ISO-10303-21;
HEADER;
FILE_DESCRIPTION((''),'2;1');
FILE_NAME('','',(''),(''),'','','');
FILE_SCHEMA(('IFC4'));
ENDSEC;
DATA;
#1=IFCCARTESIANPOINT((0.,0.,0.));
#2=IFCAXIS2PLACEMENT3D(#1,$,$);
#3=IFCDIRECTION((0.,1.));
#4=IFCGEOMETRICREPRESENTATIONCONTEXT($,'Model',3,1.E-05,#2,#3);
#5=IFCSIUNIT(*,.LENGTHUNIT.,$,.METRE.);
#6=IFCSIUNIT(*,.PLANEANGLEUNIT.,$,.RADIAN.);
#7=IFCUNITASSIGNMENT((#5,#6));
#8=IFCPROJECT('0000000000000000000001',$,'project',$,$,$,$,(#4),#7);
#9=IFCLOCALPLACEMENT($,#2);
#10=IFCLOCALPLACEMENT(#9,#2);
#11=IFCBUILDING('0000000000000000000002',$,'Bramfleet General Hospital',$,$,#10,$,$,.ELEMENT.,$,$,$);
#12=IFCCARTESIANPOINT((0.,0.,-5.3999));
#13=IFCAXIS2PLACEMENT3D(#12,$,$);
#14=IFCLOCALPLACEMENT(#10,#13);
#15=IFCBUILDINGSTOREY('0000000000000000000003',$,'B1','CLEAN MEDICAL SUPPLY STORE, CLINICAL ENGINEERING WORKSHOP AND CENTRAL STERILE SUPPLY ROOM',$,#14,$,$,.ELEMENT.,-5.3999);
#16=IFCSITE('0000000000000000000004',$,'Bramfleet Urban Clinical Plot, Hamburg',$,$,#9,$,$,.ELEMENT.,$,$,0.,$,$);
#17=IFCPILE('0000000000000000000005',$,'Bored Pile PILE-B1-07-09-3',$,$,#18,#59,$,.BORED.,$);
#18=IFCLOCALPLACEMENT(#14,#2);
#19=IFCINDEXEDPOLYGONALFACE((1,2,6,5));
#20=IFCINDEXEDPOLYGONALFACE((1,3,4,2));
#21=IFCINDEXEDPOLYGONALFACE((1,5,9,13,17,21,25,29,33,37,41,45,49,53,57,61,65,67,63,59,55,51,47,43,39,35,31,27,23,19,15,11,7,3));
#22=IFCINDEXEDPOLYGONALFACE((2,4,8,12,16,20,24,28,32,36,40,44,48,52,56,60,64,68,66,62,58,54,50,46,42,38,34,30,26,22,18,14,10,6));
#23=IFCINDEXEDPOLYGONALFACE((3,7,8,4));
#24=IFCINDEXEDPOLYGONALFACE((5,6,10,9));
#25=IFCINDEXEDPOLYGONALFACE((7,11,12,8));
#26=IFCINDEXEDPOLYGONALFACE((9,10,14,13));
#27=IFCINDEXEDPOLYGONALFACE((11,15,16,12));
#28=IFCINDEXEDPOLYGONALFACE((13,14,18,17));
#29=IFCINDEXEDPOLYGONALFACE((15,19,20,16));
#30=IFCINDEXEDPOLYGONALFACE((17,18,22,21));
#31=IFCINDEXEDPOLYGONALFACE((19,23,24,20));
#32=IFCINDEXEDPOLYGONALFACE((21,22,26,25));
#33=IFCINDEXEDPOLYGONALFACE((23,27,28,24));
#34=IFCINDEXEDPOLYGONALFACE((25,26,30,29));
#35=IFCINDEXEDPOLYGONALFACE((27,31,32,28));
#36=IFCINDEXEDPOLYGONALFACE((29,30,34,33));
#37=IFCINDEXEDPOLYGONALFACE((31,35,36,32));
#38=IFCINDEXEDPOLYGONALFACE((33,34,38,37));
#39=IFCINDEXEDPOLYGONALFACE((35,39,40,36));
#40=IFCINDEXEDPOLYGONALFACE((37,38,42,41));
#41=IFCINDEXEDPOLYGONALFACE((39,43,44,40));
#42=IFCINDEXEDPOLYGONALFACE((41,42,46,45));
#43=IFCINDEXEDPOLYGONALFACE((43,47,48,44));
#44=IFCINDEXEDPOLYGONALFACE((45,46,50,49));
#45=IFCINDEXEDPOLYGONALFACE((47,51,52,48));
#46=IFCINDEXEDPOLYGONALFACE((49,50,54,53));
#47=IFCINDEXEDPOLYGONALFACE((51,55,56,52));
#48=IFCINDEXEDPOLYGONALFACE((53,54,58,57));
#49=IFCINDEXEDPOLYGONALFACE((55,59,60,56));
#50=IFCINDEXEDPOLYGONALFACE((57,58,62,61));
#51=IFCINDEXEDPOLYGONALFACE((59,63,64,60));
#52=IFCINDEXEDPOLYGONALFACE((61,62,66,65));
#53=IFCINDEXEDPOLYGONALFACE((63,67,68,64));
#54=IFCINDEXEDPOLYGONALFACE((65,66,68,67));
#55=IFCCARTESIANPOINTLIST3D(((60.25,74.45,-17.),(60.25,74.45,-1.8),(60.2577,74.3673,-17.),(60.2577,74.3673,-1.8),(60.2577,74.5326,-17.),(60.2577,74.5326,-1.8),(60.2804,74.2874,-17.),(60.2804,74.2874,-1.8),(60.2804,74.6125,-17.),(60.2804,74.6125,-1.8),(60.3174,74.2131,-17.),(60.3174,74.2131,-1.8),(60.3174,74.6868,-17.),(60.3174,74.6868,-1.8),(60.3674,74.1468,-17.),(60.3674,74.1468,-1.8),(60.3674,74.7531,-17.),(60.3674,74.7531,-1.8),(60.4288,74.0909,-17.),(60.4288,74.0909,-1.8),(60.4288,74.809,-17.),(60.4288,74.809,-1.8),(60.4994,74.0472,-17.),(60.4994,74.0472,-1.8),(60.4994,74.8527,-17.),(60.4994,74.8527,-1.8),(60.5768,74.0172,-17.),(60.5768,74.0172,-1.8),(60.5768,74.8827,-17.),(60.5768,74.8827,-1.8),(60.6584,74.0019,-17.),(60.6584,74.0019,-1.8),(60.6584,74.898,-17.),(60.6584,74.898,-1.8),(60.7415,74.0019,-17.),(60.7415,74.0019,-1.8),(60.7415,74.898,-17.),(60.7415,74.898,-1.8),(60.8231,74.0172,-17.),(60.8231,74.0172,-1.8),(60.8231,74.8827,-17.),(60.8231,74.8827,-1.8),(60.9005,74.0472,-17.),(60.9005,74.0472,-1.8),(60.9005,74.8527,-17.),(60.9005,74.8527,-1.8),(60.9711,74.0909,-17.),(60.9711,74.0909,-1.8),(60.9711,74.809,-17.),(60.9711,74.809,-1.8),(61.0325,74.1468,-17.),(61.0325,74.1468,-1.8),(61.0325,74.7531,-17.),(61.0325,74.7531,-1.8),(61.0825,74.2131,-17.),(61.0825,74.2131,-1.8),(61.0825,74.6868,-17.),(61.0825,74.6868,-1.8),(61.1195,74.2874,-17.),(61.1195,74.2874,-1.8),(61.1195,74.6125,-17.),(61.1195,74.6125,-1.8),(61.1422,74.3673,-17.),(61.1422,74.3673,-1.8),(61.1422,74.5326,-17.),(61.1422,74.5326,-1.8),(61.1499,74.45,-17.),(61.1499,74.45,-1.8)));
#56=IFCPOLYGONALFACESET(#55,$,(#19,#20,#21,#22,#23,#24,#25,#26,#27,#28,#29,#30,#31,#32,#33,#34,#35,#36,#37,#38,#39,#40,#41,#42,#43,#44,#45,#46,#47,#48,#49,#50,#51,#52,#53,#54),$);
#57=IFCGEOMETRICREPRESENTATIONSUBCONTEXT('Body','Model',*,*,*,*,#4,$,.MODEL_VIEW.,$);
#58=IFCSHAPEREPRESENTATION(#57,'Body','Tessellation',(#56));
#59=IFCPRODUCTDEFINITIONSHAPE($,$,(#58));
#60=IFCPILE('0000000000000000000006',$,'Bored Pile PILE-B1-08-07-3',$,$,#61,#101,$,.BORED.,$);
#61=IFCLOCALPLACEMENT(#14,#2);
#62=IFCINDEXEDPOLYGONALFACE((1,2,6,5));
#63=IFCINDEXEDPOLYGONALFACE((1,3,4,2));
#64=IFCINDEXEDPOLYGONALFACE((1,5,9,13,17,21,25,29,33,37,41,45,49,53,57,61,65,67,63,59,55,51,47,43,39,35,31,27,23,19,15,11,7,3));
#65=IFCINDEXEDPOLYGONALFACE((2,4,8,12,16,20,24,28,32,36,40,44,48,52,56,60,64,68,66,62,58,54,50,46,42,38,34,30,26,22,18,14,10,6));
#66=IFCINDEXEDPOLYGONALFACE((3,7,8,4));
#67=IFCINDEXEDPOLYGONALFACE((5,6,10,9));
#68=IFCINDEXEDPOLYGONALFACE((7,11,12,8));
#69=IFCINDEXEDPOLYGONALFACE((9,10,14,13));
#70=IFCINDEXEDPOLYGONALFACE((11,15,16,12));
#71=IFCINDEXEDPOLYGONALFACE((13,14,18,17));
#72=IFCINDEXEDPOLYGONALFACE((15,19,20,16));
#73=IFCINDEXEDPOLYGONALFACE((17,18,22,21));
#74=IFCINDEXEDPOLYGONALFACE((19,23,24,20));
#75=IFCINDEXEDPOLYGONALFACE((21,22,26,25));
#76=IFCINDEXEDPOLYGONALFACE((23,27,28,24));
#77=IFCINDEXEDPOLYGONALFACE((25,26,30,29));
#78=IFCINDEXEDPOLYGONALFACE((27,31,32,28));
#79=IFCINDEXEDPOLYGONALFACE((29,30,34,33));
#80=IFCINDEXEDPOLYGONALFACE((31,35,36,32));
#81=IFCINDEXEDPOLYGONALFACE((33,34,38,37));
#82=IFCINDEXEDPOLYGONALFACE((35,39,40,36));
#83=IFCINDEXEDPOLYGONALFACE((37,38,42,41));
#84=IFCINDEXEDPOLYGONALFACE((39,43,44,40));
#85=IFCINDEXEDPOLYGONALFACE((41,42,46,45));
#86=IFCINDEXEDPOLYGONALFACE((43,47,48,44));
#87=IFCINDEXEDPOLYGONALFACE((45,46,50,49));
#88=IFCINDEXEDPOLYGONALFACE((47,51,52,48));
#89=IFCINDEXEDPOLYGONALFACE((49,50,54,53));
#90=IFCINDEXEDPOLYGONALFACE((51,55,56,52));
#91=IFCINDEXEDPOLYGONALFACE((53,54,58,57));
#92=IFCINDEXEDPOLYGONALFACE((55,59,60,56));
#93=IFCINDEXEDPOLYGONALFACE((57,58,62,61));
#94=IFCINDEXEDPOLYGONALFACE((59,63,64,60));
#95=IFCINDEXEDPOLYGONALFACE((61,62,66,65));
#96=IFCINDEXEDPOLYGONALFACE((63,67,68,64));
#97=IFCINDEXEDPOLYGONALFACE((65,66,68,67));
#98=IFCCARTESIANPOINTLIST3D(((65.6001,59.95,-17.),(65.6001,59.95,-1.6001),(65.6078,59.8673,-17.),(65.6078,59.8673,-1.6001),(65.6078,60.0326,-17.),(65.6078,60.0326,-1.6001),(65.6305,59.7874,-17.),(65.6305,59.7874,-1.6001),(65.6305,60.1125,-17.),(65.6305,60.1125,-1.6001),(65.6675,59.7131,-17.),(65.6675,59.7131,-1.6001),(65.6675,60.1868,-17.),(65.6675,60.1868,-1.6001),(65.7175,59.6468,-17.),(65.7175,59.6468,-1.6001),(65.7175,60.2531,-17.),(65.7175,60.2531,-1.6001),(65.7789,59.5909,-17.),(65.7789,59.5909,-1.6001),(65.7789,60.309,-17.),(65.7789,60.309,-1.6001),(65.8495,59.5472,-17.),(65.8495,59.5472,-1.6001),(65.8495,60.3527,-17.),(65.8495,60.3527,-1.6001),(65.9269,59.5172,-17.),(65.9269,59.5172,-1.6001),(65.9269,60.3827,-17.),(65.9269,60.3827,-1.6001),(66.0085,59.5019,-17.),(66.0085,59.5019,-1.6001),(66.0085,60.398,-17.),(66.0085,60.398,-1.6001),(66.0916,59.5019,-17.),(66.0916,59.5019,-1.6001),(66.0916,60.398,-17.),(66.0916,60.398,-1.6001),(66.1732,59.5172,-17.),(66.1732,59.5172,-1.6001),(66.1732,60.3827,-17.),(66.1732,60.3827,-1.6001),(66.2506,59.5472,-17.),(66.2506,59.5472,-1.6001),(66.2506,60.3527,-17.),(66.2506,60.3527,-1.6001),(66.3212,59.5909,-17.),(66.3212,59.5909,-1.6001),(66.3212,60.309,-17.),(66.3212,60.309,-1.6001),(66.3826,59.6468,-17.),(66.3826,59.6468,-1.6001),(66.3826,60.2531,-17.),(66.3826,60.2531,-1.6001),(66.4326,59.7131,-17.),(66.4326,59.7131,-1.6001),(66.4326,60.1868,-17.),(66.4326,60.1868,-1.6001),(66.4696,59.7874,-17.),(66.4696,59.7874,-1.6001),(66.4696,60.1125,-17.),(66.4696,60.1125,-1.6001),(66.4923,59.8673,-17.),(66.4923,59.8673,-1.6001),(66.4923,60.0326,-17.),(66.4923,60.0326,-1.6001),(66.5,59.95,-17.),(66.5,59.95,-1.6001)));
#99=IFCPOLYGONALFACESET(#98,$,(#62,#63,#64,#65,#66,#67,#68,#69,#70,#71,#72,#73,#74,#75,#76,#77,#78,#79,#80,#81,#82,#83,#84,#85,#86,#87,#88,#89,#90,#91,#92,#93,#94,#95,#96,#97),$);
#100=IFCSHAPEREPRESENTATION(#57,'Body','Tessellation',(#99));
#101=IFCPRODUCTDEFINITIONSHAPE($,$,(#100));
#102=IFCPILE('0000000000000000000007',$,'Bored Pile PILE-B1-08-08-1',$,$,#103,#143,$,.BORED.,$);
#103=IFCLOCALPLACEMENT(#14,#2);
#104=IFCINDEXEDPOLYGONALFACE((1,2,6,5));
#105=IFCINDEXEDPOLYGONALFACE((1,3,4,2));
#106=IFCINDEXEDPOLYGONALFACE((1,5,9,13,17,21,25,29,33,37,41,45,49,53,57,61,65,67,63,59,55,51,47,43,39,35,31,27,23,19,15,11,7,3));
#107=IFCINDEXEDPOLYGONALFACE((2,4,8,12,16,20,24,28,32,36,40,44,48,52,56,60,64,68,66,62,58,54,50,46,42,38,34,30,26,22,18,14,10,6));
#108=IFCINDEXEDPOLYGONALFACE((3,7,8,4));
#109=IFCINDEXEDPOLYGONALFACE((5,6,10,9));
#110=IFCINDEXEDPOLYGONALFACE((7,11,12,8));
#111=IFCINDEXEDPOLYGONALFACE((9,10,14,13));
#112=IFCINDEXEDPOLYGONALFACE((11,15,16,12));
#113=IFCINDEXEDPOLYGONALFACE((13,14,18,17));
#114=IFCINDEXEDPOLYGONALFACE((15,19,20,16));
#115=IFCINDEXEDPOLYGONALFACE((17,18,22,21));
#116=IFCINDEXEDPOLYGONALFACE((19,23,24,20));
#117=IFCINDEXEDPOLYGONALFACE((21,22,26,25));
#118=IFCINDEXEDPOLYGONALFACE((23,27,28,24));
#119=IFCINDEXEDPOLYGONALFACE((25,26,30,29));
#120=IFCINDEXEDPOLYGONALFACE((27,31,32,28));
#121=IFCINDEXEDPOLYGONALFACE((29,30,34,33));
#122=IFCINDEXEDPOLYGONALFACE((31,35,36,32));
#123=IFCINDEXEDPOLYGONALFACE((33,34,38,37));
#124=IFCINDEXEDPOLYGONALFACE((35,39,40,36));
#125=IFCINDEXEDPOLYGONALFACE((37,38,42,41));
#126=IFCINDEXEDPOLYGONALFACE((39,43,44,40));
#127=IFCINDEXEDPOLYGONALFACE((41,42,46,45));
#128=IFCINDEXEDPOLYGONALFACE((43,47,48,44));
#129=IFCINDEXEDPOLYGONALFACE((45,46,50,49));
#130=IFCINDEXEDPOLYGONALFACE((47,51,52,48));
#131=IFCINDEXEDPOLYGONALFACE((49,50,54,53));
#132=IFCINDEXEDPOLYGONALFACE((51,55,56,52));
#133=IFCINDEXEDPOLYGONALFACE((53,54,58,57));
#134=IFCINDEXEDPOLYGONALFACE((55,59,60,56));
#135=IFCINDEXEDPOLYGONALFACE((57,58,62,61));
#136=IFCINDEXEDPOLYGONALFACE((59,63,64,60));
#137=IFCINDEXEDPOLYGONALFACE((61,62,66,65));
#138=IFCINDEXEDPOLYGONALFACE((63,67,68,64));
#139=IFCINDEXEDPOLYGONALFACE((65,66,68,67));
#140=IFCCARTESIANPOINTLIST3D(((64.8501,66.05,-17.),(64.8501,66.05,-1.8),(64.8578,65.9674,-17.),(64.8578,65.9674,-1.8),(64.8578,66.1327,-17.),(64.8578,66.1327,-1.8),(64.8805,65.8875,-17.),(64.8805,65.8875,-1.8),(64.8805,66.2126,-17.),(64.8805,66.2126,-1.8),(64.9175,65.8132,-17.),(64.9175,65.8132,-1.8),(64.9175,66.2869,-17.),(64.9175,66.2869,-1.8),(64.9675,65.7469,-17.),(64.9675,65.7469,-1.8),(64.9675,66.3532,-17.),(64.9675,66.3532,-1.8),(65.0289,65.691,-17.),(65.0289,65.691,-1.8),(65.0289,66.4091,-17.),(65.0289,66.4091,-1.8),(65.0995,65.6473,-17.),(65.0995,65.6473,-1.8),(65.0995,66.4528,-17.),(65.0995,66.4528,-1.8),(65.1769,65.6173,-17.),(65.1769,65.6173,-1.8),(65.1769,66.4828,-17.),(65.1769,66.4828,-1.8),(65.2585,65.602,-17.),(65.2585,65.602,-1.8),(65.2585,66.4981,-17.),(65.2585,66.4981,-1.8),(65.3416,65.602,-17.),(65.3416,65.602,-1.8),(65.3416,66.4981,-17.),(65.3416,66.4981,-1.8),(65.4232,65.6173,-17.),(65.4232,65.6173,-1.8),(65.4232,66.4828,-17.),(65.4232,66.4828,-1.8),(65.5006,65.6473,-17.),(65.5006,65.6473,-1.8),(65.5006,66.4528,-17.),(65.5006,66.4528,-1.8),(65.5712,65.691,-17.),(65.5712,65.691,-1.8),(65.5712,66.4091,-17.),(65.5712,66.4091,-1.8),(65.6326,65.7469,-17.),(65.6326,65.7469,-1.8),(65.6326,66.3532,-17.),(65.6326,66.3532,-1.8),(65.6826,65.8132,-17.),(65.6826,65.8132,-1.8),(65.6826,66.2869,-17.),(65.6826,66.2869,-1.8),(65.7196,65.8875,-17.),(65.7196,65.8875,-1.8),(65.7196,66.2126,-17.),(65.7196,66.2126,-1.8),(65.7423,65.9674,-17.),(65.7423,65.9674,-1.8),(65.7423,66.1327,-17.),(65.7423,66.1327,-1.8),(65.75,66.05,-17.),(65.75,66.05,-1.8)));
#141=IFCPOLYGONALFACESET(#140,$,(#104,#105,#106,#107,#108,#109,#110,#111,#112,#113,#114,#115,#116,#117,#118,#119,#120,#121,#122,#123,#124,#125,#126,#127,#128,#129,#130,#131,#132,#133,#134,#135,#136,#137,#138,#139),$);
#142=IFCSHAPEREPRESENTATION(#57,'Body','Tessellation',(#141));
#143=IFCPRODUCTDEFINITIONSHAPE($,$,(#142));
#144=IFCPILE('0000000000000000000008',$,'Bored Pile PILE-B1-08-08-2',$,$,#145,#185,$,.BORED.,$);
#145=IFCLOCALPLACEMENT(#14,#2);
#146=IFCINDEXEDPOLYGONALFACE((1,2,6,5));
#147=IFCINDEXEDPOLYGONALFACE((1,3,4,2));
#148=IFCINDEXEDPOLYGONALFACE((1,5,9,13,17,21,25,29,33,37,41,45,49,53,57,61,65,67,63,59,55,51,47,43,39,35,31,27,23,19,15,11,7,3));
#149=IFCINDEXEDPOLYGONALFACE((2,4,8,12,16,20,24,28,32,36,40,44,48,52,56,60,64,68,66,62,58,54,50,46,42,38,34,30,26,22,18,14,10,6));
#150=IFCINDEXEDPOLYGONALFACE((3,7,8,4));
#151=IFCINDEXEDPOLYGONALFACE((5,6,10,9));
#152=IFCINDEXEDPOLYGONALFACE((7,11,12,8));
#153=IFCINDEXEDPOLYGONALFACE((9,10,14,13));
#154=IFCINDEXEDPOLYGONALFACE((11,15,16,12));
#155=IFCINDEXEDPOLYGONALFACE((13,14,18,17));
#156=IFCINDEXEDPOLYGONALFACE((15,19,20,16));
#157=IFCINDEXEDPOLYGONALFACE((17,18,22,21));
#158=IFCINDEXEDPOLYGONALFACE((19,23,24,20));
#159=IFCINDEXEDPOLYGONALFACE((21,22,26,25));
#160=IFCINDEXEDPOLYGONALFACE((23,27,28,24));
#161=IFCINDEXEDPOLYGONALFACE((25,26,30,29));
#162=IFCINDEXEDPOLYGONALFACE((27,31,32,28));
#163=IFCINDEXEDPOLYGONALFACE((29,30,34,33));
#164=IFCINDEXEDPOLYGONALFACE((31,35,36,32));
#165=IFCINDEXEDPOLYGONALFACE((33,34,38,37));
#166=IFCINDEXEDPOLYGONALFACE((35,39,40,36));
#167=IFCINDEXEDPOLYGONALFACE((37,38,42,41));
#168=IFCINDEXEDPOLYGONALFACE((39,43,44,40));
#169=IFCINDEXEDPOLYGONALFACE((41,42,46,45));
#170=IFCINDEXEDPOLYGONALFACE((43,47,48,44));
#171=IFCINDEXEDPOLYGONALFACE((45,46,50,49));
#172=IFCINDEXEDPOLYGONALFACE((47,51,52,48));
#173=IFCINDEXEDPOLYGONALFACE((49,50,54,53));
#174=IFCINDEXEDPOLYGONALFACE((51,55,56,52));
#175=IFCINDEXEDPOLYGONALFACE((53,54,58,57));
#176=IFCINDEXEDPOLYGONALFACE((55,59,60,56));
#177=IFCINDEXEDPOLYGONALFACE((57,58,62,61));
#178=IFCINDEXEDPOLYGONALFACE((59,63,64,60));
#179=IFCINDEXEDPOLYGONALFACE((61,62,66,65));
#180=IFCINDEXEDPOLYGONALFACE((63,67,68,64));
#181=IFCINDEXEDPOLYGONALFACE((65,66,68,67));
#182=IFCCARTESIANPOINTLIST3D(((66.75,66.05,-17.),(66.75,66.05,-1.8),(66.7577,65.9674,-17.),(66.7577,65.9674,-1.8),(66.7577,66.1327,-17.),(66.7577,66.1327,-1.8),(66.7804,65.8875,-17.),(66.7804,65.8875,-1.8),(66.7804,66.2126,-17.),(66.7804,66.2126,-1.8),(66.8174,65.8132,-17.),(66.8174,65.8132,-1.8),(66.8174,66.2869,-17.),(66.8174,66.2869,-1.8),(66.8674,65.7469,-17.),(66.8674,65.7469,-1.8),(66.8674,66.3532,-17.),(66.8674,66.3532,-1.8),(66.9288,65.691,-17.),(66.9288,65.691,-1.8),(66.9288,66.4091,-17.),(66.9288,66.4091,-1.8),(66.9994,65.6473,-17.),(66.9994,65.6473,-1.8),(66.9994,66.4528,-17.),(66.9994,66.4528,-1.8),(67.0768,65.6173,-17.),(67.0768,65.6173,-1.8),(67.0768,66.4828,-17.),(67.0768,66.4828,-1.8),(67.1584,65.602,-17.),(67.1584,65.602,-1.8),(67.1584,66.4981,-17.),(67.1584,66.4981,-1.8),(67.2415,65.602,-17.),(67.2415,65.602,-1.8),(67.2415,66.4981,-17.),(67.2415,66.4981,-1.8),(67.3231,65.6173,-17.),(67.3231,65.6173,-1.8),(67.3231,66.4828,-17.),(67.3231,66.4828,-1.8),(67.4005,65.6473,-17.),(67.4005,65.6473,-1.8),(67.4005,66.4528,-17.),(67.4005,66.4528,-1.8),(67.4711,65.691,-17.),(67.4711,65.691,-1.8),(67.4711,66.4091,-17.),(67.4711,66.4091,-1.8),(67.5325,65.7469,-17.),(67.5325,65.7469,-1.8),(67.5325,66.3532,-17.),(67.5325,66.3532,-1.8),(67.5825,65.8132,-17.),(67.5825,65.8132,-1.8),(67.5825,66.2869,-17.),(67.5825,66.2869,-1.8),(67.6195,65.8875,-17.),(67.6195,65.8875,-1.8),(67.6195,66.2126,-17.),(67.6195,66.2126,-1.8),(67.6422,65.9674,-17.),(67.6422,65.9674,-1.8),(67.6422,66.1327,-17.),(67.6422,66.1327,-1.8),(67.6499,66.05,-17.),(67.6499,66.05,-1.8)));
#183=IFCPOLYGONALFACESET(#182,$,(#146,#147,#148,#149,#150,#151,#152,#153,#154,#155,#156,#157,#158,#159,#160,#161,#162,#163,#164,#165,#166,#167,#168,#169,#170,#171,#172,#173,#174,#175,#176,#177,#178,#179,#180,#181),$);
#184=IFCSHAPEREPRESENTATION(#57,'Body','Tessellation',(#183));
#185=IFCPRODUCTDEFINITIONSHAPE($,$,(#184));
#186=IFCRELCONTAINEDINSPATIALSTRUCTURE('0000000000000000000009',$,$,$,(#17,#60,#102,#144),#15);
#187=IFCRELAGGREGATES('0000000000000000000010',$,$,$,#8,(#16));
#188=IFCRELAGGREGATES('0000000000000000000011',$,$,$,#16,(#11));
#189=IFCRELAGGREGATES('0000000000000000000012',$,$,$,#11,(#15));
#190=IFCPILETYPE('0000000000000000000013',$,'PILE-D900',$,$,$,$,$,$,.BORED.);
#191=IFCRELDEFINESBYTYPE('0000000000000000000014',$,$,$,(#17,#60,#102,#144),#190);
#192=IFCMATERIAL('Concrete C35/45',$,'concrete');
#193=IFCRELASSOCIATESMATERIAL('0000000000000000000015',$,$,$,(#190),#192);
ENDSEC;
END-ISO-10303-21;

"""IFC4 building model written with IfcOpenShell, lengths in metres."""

from ifc_helpers import new_model, si_unit, direction, frame, origin, origin_2d, place, context, subcontext, project, spatial, circle, extrude, material, material_profile, profile_set, type_object, element, save


model = new_model("IFC4")

# Units and contexts
model_context = context("Model", 3, precision=1e-05, world=origin(), true_north=direction((0.0, 1.0)))
body_context = subcontext(model_context, "Body", "Model", "MODEL_VIEW")
ifc_project = project(units=[si_unit("LENGTHUNIT", "METRE"), si_unit("PLANEANGLEUNIT", "RADIAN")], contexts=[model_context])

# Site, building, storey
site_placement = place(None, origin())
site = spatial("IfcSite", under=ifc_project, at=site_placement, Name="Bramfleet Urban Clinical Plot, Hamburg", CompositionType="ELEMENT", RefElevation=0.0)
building_placement = place(site_placement, origin())
building = spatial("IfcBuilding", under=site, at=building_placement, Name="Bramfleet General Hospital", CompositionType="ELEMENT")
storey_placement = place(building_placement, frame((0.0, 0.0, -5.3999)))
storey = spatial("IfcBuildingStorey", under=building, at=storey_placement, Name="B1", Description="CLEAN MEDICAL SUPPLY STORE, CLINICAL ENGINEERING WORKSHOP AND CENTRAL STERILE SUPPLY ROOM", CompositionType="ELEMENT", Elevation=-5.3999)

# Shared definitions
ifc_material_1 = material(Name="Concrete C35/45", Category="concrete")

# Piles
ifc_material_profile_1 = material_profile(ifc_material_1, circle(Radius=0.45, at=origin_2d()), Name="PILE BORED D900")
ifc_profile_set_1 = profile_set([ifc_material_profile_1], Name="Concrete C35/45")
pile_type = type_object("IfcPileType", Name="PILE-D900", PredefinedType="BORED", material=ifc_profile_set_1)
for number, where, z_axis, x_axis, name in (
    (1, (60.7, 74.45, -1.8), (0.0, 0.0, -1.0), (1.0, 0.0, 0.0), "Bored Pile PILE-B1-07-09-3"),
):
    element("IfcPile", number, at=place(storey_placement, frame(where, z_axis=z_axis, x_axis=x_axis)), inside=storey, type_object=pile_type, Name=name, PredefinedType="BORED", context=body_context, shape_type="SweptSolid", body=[
        extrude(circle(Radius=0.45, at=origin_2d()), origin(), (0.0, 0.0, 1.0), 15.2),
    ])
pile_1_placement = place(storey_placement, frame((66.05, 59.95, -1.6001), z_axis=(0.0, 0.0, -1.0), x_axis=(1.0, 0.0, 0.0)))
element("IfcPile", 2, at=pile_1_placement, inside=storey, type_object=pile_type, Name="Bored Pile PILE-B1-08-07-3", PredefinedType="BORED", context=body_context, shape_type="SweptSolid", body=[
    extrude(circle(Radius=0.45, at=origin_2d()), origin(), (0.0, 0.0, 1.0), 15.3999),
])
for number, where, z_axis, x_axis, name in (
    (3, (65.3, 66.05, -1.8), (0.0, 0.0, -1.0), (1.0, 0.0, 0.0), "Bored Pile PILE-B1-08-08-1"),
    (4, (67.2, 66.05, -1.8), (0.0, 0.0, -1.0), (1.0, 0.0, 0.0), "Bored Pile PILE-B1-08-08-2"),
):
    element("IfcPile", number, at=place(storey_placement, frame(where, z_axis=z_axis, x_axis=x_axis)), inside=storey, type_object=pile_type, Name=name, PredefinedType="BORED", context=body_context, shape_type="SweptSolid", body=[
        extrude(circle(Radius=0.45, at=origin_2d()), origin(), (0.0, 0.0, 1.0), 15.2),
    ])

save(model, "model.ifc")
